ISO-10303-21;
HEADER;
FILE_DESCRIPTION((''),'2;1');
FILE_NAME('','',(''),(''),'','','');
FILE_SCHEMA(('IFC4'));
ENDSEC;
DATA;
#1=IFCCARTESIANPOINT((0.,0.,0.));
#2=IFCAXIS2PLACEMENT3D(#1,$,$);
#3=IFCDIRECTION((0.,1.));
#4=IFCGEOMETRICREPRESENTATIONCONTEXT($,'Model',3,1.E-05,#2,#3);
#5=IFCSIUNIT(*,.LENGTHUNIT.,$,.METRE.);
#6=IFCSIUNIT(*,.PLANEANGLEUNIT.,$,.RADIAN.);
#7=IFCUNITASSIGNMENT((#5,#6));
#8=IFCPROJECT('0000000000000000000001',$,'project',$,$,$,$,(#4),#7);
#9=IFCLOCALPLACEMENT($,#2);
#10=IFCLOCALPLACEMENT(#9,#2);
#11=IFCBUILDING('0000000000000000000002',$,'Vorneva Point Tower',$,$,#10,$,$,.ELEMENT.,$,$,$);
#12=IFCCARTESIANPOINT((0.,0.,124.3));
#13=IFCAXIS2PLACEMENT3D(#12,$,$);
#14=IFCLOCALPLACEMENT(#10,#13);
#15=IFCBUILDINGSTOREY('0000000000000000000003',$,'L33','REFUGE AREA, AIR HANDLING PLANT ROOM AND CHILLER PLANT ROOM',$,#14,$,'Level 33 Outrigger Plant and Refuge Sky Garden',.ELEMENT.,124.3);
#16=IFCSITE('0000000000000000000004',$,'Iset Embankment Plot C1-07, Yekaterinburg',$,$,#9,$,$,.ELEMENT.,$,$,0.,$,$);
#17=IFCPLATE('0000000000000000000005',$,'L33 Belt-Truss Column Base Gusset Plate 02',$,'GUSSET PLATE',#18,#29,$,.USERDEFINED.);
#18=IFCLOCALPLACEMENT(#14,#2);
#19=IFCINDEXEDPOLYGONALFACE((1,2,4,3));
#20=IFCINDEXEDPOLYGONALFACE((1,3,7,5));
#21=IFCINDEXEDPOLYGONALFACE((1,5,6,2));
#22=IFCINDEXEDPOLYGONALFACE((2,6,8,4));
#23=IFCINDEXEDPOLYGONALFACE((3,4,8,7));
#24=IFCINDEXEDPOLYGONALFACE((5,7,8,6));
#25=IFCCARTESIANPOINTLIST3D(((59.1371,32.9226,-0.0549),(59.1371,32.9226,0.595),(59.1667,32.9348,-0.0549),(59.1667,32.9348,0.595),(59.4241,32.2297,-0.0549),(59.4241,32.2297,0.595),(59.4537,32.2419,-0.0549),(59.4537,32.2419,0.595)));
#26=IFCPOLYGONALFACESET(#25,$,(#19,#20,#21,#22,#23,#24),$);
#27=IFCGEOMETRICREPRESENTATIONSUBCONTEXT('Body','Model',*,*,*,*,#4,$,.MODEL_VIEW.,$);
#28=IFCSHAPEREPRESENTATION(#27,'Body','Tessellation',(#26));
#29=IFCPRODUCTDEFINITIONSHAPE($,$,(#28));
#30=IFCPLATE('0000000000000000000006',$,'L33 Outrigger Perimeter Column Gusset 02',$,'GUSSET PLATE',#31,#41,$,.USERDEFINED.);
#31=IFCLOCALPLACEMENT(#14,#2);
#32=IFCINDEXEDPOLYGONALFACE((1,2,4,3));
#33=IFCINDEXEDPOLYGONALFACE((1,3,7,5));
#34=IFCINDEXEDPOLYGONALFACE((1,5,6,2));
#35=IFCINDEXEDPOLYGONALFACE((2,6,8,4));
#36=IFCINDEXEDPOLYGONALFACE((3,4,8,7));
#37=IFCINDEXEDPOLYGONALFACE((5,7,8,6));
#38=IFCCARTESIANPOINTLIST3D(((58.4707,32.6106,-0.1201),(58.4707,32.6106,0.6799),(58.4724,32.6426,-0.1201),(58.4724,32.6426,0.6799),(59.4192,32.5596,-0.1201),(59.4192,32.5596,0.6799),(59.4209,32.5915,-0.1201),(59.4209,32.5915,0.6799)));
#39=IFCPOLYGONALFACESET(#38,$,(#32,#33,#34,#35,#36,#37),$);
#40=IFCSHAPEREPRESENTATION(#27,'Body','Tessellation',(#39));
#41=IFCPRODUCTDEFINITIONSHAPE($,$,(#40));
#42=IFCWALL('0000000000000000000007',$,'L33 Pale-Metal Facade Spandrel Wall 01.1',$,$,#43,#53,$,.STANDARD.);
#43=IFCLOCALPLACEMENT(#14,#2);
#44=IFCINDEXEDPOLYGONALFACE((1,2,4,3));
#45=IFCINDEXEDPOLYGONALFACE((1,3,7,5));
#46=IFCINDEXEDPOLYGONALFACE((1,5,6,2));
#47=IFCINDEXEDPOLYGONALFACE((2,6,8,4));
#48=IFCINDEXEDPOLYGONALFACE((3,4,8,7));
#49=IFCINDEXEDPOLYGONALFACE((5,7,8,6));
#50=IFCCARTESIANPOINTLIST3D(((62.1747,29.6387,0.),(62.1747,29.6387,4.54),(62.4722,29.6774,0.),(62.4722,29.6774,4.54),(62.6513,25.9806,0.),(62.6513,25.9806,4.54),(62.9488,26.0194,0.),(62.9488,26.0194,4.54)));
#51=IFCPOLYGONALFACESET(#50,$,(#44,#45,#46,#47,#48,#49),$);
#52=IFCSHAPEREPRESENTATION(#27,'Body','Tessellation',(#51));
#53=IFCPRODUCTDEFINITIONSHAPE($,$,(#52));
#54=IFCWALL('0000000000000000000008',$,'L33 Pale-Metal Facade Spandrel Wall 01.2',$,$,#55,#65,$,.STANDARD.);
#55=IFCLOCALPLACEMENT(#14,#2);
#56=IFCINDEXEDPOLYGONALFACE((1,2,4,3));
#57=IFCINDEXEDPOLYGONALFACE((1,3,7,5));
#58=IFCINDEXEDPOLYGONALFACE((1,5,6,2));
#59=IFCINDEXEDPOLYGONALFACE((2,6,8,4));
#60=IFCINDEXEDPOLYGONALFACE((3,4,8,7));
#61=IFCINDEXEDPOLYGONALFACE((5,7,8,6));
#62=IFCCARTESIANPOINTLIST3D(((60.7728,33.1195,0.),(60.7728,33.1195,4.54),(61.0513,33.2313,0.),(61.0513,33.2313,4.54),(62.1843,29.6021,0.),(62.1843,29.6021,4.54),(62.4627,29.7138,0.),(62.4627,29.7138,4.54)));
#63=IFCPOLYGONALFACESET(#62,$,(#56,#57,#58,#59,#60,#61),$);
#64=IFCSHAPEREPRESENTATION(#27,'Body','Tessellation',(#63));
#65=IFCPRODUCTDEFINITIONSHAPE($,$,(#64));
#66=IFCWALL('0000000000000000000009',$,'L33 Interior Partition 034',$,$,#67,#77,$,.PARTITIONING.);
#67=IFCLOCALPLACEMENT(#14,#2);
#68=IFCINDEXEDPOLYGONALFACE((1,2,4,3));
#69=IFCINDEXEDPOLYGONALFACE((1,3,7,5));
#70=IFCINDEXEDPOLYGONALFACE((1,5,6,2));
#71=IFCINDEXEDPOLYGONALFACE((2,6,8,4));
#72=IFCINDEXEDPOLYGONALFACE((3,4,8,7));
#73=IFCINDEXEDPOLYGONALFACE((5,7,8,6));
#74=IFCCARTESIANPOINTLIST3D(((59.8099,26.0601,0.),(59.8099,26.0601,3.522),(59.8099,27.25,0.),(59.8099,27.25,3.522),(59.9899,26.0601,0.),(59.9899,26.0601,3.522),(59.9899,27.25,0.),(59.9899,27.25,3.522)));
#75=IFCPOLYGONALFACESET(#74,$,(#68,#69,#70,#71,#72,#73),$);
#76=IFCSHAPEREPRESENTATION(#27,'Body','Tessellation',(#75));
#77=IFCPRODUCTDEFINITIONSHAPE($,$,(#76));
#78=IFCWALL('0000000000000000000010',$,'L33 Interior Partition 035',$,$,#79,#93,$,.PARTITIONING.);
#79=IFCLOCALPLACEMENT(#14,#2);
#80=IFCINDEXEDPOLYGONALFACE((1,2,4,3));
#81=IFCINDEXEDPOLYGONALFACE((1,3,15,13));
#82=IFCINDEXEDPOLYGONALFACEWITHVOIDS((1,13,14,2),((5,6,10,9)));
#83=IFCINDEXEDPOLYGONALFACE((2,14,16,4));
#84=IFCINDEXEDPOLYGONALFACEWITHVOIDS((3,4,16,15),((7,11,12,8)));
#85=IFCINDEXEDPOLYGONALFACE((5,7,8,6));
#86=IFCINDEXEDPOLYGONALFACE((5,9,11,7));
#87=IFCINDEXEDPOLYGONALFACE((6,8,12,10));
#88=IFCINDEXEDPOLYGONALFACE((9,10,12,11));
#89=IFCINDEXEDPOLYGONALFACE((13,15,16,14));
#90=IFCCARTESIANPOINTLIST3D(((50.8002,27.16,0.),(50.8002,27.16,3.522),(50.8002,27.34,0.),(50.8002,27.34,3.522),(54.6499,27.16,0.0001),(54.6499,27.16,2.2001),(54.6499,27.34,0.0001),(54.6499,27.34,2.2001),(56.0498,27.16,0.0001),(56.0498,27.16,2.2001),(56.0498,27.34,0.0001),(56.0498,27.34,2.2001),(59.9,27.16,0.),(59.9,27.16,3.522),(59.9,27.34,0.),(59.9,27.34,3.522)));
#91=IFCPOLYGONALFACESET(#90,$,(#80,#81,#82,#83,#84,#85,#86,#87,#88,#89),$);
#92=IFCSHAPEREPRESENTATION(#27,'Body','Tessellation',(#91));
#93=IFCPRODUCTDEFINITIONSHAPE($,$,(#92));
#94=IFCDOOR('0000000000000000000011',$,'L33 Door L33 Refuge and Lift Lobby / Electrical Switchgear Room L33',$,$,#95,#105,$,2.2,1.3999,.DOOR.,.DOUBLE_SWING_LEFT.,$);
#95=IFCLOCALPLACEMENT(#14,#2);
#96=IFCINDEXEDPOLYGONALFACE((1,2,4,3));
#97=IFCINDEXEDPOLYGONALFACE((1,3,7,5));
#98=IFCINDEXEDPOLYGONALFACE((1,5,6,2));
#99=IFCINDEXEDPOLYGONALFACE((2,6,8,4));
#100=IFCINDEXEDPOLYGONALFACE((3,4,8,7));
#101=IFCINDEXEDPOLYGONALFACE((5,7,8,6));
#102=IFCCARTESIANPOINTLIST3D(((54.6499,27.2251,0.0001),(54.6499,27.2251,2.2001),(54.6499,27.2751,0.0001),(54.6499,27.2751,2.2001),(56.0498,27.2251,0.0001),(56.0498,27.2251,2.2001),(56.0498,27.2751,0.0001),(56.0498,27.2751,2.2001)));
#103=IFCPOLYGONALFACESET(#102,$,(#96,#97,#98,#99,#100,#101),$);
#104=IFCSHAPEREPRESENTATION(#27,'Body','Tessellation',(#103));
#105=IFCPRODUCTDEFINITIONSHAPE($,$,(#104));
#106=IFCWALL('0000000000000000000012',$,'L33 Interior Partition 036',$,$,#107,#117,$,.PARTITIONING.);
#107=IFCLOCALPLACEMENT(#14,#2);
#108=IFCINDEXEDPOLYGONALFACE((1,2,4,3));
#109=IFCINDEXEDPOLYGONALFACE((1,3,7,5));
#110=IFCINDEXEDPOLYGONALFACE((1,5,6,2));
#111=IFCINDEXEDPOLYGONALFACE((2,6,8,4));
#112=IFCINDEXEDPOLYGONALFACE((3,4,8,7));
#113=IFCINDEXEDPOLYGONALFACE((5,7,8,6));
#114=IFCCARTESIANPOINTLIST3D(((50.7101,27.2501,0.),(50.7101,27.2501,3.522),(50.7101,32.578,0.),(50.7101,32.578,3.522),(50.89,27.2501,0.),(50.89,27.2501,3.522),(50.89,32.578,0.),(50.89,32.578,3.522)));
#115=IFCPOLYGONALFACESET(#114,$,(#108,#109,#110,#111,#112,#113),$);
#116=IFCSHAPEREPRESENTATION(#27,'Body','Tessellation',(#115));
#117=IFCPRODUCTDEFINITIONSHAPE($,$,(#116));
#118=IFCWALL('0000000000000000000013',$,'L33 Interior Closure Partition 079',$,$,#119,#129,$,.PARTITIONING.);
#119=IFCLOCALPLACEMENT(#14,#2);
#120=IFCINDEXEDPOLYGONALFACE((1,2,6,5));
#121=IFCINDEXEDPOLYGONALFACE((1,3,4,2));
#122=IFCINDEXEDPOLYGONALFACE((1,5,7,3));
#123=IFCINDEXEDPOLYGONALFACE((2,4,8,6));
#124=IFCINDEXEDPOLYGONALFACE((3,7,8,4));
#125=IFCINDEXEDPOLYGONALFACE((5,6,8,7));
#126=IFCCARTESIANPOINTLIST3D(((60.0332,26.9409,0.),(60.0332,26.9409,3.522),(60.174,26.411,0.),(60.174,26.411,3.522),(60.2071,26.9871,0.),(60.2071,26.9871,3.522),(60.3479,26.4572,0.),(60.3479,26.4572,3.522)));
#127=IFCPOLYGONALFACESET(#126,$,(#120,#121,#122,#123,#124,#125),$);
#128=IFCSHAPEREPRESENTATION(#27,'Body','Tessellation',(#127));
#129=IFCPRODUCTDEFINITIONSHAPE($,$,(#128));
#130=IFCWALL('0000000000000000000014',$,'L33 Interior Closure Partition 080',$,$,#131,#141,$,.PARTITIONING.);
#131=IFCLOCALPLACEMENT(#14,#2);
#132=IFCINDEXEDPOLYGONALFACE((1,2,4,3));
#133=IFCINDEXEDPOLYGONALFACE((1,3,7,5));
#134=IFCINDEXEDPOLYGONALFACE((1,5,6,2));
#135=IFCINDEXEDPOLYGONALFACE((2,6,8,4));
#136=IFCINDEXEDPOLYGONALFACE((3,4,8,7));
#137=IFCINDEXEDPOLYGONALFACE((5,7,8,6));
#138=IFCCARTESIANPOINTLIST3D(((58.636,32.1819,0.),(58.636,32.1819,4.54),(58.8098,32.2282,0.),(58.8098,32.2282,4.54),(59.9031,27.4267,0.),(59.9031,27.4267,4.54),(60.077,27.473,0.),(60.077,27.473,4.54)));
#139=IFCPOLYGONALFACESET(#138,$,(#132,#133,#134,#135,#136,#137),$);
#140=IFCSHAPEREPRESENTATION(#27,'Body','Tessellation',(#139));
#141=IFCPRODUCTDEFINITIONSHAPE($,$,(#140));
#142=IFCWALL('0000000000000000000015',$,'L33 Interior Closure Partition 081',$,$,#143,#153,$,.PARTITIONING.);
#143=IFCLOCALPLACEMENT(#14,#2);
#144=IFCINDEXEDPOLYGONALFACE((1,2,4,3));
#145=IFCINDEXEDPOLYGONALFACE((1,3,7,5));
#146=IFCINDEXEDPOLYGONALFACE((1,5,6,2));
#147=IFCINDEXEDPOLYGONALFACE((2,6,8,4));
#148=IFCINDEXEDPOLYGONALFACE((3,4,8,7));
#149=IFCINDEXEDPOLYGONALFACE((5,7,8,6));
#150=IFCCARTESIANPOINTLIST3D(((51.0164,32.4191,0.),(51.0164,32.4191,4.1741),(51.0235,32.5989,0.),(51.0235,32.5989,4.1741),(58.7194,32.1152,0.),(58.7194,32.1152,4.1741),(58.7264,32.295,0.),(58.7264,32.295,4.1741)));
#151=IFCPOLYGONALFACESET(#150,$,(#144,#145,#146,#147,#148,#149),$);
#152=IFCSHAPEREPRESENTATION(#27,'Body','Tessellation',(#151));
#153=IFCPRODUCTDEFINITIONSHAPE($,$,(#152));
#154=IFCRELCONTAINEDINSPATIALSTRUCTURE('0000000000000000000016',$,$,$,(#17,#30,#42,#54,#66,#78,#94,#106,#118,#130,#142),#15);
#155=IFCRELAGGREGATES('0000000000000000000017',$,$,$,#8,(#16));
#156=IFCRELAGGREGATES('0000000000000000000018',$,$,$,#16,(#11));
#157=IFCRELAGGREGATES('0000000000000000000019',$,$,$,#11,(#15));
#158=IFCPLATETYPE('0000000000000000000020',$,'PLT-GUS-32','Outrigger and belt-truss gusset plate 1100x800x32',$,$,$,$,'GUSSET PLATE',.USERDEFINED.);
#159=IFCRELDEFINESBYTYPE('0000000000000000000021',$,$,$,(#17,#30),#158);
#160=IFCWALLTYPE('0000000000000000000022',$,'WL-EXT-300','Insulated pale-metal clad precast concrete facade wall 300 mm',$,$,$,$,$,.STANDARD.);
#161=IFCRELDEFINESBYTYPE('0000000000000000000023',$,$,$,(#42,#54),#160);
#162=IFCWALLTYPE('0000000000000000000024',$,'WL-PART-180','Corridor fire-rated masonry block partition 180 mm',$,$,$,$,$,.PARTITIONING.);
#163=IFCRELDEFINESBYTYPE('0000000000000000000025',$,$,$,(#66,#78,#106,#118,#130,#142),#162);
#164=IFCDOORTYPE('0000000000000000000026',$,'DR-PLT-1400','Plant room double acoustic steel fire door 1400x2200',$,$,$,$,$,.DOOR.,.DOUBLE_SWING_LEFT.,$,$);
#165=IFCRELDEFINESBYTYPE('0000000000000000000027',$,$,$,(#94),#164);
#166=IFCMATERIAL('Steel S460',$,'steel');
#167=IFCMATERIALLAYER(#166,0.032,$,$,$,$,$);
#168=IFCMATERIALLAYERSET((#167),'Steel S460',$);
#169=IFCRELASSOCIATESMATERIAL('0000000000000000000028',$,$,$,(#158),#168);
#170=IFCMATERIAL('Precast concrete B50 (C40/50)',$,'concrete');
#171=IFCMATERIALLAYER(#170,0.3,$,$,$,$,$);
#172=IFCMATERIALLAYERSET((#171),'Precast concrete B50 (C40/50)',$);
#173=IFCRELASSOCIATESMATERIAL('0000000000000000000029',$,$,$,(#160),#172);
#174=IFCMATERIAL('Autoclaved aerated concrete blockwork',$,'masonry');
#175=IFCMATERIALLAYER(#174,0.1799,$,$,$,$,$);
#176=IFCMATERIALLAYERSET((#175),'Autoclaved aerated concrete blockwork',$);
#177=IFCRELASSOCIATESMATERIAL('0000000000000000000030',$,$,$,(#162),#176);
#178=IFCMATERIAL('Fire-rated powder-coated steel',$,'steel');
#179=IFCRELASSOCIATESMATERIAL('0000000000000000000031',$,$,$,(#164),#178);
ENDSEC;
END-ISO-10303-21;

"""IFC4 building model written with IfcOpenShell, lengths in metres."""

from ifc_helpers import new_model, si_unit, direction, frame, frame_2d, origin, origin_2d, place, context, subcontext, project, spatial, rectangle, extrude, material, layer, layer_set, type_object, element, fill, save


model = new_model("IFC4")

# Units and contexts
model_context = context("Model", 3, precision=1e-05, world=origin(), true_north=direction((0.0, 1.0)))
body_context = subcontext(model_context, "Body", "Model", "MODEL_VIEW")
ifc_project = project(units=[si_unit("LENGTHUNIT", "METRE"), si_unit("PLANEANGLEUNIT", "RADIAN")], contexts=[model_context])

# Site, building, storey
site_placement = place(None, origin())
site = spatial("IfcSite", under=ifc_project, at=site_placement, Name="Iset Embankment Plot C1-07, Yekaterinburg", CompositionType="ELEMENT", RefElevation=0.0)
building_placement = place(site_placement, origin())
building = spatial("IfcBuilding", under=site, at=building_placement, Name="Vorneva Point Tower", CompositionType="ELEMENT")
storey_placement = place(building_placement, frame((0.0, 0.0, 124.3)))
storey = spatial("IfcBuildingStorey", under=building, at=storey_placement, Name="L33", Description="REFUGE AREA, AIR HANDLING PLANT ROOM AND CHILLER PLANT ROOM", LongName="Level 33 Outrigger Plant and Refuge Sky Garden", CompositionType="ELEMENT", Elevation=124.3)

# Shared definitions
ifc_material_1 = material(Name="Steel S460", Category="steel")

# Plates
ifc_layer_1 = layer(ifc_material_1, 0.032)
ifc_layer_set_1 = layer_set([ifc_layer_1], Name="Steel S460")
plate_type_1 = type_object("IfcPlateType", Name="PLT-GUS-32", Description="Outrigger and belt-truss gusset plate 1100x800x32", ElementType="GUSSET PLATE", PredefinedType="USERDEFINED", material=ifc_layer_set_1)
plate_1_placement = place(storey_placement, frame((59.2954, 32.5823, -0.0549), z_axis=(0.0, 0.0, 1.0), x_axis=(-0.382683, 0.92388, 0.0)))
element("IfcPlate", 1, at=plate_1_placement, inside=storey, type_object=plate_type_1, Name="L33 Belt-Truss Column Base Gusset Plate 02", ObjectType="GUSSET PLATE", PredefinedType="USERDEFINED", context=body_context, shape_type="SweptSolid", body=[
    extrude(rectangle(XDim=0.75, YDim=0.032, at=origin_2d()), origin(), (0.0, 0.0, 1.0), 0.6499),
])
plate_2_placement = place(storey_placement, frame((58.9458, 32.6011, -0.1201), z_axis=(0.0, 0.0, 1.0), x_axis=(0.998554, -0.053765, 0.0)))
element("IfcPlate", 2, at=plate_2_placement, inside=storey, type_object=plate_type_1, Name="L33 Outrigger Perimeter Column Gusset 02", ObjectType="GUSSET PLATE", PredefinedType="USERDEFINED", context=body_context, shape_type="SweptSolid", body=[
    extrude(rectangle(XDim=0.95, YDim=0.032, at=origin_2d()), origin(), (0.0, 0.0, 1.0), 0.8),
])

# Walls
ifc_material_2 = material(Name="Precast concrete B50 (C40/50)", Category="concrete")
ifc_layer_2 = layer(ifc_material_2, 0.3)
ifc_layer_set_2 = layer_set([ifc_layer_2], Name="Precast concrete B50 (C40/50)")
wall_type_1 = type_object("IfcWallType", Name="WL-EXT-300", Description="Insulated pale-metal clad precast concrete facade wall 300 mm", PredefinedType="STANDARD", material=ifc_layer_set_2)
wall_1_placement = place(storey_placement, frame((62.8, 26.0, 0.0), z_axis=(0.0, 0.0, 1.0), x_axis=(-0.129189, 0.99162, 0.0)))
element("IfcWall", 3, at=wall_1_placement, inside=storey, type_object=wall_type_1, Name="L33 Pale-Metal Facade Spandrel Wall 01.1", PredefinedType="STANDARD", context=body_context, shape_type="SweptSolid", body=[
    extrude(rectangle(XDim=3.689, YDim=0.3, at=frame_2d((1.8445, 0.0))), origin(), (0.0, 0.0, 1.0), 4.54),
])
wall_2_placement = place(storey_placement, frame((62.3235, 29.658, 0.0), z_axis=(0.0, 0.0, 1.0), x_axis=(-0.372401, 0.928072, 0.0)))
element("IfcWall", 4, at=wall_2_placement, inside=storey, type_object=wall_type_1, Name="L33 Pale-Metal Facade Spandrel Wall 01.2", PredefinedType="STANDARD", context=body_context, shape_type="SweptSolid", body=[
    extrude(rectangle(XDim=3.79, YDim=0.3, at=frame_2d((1.895, 0.0))), origin(), (0.0, 0.0, 1.0), 4.54),
])
ifc_material_3 = material(Name="Autoclaved aerated concrete blockwork", Category="masonry")
ifc_layer_3 = layer(ifc_material_3, 0.1799)
ifc_layer_set_3 = layer_set([ifc_layer_3], Name="Autoclaved aerated concrete blockwork")
wall_type_2 = type_object("IfcWallType", Name="WL-PART-180", Description="Corridor fire-rated masonry block partition 180 mm", PredefinedType="PARTITIONING", material=ifc_layer_set_3)
wall_3_placement = place(storey_placement, frame((59.8999, 26.0601, 0.0), z_axis=(0.0, 0.0, 1.0), x_axis=(0.0, 1.0, 0.0)))
element("IfcWall", 5, at=wall_3_placement, inside=storey, type_object=wall_type_2, Name="L33 Interior Partition 034", PredefinedType="PARTITIONING", context=body_context, shape_type="SweptSolid", body=[
    extrude(rectangle(XDim=1.1899, YDim=0.1799, at=frame_2d((0.595, 0.0))), origin(), (0.0, 0.0, 1.0), 3.522),
])

# Wall, opening, door
wall_4_placement = place(storey_placement, frame((59.8999, 27.25, 0.0), z_axis=(0.0, 0.0, 1.0), x_axis=(-1.0, 0.0, 0.0)))
wall_4 = element("IfcWall", 6, at=wall_4_placement, inside=storey, type_object=wall_type_2, Name="L33 Interior Partition 035", PredefinedType="PARTITIONING", context=body_context, shape_type="SweptSolid", body=[
    extrude(rectangle(XDim=9.0999, YDim=0.1799, at=frame_2d((4.5498, 0.0))), origin(), (0.0, 0.0, 1.0), 3.522),
])
opening_placement = place(wall_4_placement, frame((3.8501, 0.0, 0.0)))
opening = element("IfcOpeningElement", 7, at=opening_placement, cuts=wall_4, PredefinedType="OPENING", context=body_context, shape_type="SweptSolid", body=[
    extrude(rectangle(XDim=1.3999, YDim=2.2, at=frame_2d((0.7, 1.1001))), frame((0.0, 0.105, 0.0), z_axis=(0.0, -1.0, 0.0), x_axis=(1.0, 0.0, 0.0)), (0.0, 0.0, 1.0), 0.2097),
])
ifc_material_4 = material(Name="Fire-rated powder-coated steel", Category="steel")
door_type = type_object("IfcDoorType", Name="DR-PLT-1400", Description="Plant room double acoustic steel fire door 1400x2200", OperationType="DOUBLE_SWING_LEFT", PredefinedType="DOOR", material=ifc_material_4)
door_placement = place(opening_placement, origin())
door = element("IfcDoor", 8, at=door_placement, inside=storey, type_object=door_type, Name="L33 Door L33 Refuge and Lift Lobby / Electrical Switchgear Room L33", OperationType="DOUBLE_SWING_LEFT", OverallHeight=2.2, OverallWidth=1.3999, PredefinedType="DOOR", context=body_context, shape_type="SweptSolid", body=[
    extrude(rectangle(XDim=1.3999, YDim=2.2, at=frame_2d((0.7, 1.1001))), frame((0.0, 0.0249, 0.0), z_axis=(0.0, -1.0, 0.0), x_axis=(1.0, 0.0, 0.0)), (0.0, 0.0, 1.0), 0.05),
])
fill(opening, door)

# Walls
wall_5_placement = place(storey_placement, frame((50.8, 27.25, 0.0), z_axis=(0.0, 0.0, 1.0), x_axis=(0.0, 1.0, 0.0)))
element("IfcWall", 9, at=wall_5_placement, inside=storey, type_object=wall_type_2, Name="L33 Interior Partition 036", PredefinedType="PARTITIONING", context=body_context, shape_type="SweptSolid", body=[
    extrude(rectangle(XDim=5.3279, YDim=0.1799, at=frame_2d((2.6641, 0.0))), origin(), (0.0, 0.0, 1.0), 3.522),
])
wall_6_placement = place(storey_placement, frame((60.261, 26.4341, 0.0), z_axis=(0.0, 0.0, 1.0), x_axis=(-0.256859, 0.966449, 0.0)))
element("IfcWall", 10, at=wall_6_placement, inside=storey, type_object=wall_type_2, Name="L33 Interior Closure Partition 079", PredefinedType="PARTITIONING", context=body_context, shape_type="SweptSolid", body=[
    extrude(rectangle(XDim=0.5483, YDim=0.1799, at=frame_2d((0.2742, 0.0))), origin(), (0.0, 0.0, 1.0), 3.522),
])
wall_7_placement = place(storey_placement, frame((59.99, 27.45, 0.0), z_axis=(0.0, 0.0, 1.0), x_axis=(-0.257484, 0.966283, 0.0)))
element("IfcWall", 11, at=wall_7_placement, inside=storey, type_object=wall_type_2, Name="L33 Interior Closure Partition 080", PredefinedType="PARTITIONING", context=body_context, shape_type="SweptSolid", body=[
    extrude(rectangle(XDim=4.9211, YDim=0.1799, at=frame_2d((2.4604, 0.0))), origin(), (0.0, 0.0, 1.0), 4.54),
])
wall_8_placement = place(storey_placement, frame((58.7229, 32.2051, 0.0), z_axis=(0.0, 0.0, 1.0), x_axis=(-0.999222, 0.039429, 0.0)))
element("IfcWall", 12, at=wall_8_placement, inside=storey, type_object=wall_type_2, Name="L33 Interior Closure Partition 081", PredefinedType="PARTITIONING", context=body_context, shape_type="SweptSolid", body=[
    extrude(rectangle(XDim=7.709, YDim=0.1799, at=frame_2d((3.8545, 0.0))), origin(), (0.0, 0.0, 1.0), 4.1741),
])

save(model, "model.ifc")
